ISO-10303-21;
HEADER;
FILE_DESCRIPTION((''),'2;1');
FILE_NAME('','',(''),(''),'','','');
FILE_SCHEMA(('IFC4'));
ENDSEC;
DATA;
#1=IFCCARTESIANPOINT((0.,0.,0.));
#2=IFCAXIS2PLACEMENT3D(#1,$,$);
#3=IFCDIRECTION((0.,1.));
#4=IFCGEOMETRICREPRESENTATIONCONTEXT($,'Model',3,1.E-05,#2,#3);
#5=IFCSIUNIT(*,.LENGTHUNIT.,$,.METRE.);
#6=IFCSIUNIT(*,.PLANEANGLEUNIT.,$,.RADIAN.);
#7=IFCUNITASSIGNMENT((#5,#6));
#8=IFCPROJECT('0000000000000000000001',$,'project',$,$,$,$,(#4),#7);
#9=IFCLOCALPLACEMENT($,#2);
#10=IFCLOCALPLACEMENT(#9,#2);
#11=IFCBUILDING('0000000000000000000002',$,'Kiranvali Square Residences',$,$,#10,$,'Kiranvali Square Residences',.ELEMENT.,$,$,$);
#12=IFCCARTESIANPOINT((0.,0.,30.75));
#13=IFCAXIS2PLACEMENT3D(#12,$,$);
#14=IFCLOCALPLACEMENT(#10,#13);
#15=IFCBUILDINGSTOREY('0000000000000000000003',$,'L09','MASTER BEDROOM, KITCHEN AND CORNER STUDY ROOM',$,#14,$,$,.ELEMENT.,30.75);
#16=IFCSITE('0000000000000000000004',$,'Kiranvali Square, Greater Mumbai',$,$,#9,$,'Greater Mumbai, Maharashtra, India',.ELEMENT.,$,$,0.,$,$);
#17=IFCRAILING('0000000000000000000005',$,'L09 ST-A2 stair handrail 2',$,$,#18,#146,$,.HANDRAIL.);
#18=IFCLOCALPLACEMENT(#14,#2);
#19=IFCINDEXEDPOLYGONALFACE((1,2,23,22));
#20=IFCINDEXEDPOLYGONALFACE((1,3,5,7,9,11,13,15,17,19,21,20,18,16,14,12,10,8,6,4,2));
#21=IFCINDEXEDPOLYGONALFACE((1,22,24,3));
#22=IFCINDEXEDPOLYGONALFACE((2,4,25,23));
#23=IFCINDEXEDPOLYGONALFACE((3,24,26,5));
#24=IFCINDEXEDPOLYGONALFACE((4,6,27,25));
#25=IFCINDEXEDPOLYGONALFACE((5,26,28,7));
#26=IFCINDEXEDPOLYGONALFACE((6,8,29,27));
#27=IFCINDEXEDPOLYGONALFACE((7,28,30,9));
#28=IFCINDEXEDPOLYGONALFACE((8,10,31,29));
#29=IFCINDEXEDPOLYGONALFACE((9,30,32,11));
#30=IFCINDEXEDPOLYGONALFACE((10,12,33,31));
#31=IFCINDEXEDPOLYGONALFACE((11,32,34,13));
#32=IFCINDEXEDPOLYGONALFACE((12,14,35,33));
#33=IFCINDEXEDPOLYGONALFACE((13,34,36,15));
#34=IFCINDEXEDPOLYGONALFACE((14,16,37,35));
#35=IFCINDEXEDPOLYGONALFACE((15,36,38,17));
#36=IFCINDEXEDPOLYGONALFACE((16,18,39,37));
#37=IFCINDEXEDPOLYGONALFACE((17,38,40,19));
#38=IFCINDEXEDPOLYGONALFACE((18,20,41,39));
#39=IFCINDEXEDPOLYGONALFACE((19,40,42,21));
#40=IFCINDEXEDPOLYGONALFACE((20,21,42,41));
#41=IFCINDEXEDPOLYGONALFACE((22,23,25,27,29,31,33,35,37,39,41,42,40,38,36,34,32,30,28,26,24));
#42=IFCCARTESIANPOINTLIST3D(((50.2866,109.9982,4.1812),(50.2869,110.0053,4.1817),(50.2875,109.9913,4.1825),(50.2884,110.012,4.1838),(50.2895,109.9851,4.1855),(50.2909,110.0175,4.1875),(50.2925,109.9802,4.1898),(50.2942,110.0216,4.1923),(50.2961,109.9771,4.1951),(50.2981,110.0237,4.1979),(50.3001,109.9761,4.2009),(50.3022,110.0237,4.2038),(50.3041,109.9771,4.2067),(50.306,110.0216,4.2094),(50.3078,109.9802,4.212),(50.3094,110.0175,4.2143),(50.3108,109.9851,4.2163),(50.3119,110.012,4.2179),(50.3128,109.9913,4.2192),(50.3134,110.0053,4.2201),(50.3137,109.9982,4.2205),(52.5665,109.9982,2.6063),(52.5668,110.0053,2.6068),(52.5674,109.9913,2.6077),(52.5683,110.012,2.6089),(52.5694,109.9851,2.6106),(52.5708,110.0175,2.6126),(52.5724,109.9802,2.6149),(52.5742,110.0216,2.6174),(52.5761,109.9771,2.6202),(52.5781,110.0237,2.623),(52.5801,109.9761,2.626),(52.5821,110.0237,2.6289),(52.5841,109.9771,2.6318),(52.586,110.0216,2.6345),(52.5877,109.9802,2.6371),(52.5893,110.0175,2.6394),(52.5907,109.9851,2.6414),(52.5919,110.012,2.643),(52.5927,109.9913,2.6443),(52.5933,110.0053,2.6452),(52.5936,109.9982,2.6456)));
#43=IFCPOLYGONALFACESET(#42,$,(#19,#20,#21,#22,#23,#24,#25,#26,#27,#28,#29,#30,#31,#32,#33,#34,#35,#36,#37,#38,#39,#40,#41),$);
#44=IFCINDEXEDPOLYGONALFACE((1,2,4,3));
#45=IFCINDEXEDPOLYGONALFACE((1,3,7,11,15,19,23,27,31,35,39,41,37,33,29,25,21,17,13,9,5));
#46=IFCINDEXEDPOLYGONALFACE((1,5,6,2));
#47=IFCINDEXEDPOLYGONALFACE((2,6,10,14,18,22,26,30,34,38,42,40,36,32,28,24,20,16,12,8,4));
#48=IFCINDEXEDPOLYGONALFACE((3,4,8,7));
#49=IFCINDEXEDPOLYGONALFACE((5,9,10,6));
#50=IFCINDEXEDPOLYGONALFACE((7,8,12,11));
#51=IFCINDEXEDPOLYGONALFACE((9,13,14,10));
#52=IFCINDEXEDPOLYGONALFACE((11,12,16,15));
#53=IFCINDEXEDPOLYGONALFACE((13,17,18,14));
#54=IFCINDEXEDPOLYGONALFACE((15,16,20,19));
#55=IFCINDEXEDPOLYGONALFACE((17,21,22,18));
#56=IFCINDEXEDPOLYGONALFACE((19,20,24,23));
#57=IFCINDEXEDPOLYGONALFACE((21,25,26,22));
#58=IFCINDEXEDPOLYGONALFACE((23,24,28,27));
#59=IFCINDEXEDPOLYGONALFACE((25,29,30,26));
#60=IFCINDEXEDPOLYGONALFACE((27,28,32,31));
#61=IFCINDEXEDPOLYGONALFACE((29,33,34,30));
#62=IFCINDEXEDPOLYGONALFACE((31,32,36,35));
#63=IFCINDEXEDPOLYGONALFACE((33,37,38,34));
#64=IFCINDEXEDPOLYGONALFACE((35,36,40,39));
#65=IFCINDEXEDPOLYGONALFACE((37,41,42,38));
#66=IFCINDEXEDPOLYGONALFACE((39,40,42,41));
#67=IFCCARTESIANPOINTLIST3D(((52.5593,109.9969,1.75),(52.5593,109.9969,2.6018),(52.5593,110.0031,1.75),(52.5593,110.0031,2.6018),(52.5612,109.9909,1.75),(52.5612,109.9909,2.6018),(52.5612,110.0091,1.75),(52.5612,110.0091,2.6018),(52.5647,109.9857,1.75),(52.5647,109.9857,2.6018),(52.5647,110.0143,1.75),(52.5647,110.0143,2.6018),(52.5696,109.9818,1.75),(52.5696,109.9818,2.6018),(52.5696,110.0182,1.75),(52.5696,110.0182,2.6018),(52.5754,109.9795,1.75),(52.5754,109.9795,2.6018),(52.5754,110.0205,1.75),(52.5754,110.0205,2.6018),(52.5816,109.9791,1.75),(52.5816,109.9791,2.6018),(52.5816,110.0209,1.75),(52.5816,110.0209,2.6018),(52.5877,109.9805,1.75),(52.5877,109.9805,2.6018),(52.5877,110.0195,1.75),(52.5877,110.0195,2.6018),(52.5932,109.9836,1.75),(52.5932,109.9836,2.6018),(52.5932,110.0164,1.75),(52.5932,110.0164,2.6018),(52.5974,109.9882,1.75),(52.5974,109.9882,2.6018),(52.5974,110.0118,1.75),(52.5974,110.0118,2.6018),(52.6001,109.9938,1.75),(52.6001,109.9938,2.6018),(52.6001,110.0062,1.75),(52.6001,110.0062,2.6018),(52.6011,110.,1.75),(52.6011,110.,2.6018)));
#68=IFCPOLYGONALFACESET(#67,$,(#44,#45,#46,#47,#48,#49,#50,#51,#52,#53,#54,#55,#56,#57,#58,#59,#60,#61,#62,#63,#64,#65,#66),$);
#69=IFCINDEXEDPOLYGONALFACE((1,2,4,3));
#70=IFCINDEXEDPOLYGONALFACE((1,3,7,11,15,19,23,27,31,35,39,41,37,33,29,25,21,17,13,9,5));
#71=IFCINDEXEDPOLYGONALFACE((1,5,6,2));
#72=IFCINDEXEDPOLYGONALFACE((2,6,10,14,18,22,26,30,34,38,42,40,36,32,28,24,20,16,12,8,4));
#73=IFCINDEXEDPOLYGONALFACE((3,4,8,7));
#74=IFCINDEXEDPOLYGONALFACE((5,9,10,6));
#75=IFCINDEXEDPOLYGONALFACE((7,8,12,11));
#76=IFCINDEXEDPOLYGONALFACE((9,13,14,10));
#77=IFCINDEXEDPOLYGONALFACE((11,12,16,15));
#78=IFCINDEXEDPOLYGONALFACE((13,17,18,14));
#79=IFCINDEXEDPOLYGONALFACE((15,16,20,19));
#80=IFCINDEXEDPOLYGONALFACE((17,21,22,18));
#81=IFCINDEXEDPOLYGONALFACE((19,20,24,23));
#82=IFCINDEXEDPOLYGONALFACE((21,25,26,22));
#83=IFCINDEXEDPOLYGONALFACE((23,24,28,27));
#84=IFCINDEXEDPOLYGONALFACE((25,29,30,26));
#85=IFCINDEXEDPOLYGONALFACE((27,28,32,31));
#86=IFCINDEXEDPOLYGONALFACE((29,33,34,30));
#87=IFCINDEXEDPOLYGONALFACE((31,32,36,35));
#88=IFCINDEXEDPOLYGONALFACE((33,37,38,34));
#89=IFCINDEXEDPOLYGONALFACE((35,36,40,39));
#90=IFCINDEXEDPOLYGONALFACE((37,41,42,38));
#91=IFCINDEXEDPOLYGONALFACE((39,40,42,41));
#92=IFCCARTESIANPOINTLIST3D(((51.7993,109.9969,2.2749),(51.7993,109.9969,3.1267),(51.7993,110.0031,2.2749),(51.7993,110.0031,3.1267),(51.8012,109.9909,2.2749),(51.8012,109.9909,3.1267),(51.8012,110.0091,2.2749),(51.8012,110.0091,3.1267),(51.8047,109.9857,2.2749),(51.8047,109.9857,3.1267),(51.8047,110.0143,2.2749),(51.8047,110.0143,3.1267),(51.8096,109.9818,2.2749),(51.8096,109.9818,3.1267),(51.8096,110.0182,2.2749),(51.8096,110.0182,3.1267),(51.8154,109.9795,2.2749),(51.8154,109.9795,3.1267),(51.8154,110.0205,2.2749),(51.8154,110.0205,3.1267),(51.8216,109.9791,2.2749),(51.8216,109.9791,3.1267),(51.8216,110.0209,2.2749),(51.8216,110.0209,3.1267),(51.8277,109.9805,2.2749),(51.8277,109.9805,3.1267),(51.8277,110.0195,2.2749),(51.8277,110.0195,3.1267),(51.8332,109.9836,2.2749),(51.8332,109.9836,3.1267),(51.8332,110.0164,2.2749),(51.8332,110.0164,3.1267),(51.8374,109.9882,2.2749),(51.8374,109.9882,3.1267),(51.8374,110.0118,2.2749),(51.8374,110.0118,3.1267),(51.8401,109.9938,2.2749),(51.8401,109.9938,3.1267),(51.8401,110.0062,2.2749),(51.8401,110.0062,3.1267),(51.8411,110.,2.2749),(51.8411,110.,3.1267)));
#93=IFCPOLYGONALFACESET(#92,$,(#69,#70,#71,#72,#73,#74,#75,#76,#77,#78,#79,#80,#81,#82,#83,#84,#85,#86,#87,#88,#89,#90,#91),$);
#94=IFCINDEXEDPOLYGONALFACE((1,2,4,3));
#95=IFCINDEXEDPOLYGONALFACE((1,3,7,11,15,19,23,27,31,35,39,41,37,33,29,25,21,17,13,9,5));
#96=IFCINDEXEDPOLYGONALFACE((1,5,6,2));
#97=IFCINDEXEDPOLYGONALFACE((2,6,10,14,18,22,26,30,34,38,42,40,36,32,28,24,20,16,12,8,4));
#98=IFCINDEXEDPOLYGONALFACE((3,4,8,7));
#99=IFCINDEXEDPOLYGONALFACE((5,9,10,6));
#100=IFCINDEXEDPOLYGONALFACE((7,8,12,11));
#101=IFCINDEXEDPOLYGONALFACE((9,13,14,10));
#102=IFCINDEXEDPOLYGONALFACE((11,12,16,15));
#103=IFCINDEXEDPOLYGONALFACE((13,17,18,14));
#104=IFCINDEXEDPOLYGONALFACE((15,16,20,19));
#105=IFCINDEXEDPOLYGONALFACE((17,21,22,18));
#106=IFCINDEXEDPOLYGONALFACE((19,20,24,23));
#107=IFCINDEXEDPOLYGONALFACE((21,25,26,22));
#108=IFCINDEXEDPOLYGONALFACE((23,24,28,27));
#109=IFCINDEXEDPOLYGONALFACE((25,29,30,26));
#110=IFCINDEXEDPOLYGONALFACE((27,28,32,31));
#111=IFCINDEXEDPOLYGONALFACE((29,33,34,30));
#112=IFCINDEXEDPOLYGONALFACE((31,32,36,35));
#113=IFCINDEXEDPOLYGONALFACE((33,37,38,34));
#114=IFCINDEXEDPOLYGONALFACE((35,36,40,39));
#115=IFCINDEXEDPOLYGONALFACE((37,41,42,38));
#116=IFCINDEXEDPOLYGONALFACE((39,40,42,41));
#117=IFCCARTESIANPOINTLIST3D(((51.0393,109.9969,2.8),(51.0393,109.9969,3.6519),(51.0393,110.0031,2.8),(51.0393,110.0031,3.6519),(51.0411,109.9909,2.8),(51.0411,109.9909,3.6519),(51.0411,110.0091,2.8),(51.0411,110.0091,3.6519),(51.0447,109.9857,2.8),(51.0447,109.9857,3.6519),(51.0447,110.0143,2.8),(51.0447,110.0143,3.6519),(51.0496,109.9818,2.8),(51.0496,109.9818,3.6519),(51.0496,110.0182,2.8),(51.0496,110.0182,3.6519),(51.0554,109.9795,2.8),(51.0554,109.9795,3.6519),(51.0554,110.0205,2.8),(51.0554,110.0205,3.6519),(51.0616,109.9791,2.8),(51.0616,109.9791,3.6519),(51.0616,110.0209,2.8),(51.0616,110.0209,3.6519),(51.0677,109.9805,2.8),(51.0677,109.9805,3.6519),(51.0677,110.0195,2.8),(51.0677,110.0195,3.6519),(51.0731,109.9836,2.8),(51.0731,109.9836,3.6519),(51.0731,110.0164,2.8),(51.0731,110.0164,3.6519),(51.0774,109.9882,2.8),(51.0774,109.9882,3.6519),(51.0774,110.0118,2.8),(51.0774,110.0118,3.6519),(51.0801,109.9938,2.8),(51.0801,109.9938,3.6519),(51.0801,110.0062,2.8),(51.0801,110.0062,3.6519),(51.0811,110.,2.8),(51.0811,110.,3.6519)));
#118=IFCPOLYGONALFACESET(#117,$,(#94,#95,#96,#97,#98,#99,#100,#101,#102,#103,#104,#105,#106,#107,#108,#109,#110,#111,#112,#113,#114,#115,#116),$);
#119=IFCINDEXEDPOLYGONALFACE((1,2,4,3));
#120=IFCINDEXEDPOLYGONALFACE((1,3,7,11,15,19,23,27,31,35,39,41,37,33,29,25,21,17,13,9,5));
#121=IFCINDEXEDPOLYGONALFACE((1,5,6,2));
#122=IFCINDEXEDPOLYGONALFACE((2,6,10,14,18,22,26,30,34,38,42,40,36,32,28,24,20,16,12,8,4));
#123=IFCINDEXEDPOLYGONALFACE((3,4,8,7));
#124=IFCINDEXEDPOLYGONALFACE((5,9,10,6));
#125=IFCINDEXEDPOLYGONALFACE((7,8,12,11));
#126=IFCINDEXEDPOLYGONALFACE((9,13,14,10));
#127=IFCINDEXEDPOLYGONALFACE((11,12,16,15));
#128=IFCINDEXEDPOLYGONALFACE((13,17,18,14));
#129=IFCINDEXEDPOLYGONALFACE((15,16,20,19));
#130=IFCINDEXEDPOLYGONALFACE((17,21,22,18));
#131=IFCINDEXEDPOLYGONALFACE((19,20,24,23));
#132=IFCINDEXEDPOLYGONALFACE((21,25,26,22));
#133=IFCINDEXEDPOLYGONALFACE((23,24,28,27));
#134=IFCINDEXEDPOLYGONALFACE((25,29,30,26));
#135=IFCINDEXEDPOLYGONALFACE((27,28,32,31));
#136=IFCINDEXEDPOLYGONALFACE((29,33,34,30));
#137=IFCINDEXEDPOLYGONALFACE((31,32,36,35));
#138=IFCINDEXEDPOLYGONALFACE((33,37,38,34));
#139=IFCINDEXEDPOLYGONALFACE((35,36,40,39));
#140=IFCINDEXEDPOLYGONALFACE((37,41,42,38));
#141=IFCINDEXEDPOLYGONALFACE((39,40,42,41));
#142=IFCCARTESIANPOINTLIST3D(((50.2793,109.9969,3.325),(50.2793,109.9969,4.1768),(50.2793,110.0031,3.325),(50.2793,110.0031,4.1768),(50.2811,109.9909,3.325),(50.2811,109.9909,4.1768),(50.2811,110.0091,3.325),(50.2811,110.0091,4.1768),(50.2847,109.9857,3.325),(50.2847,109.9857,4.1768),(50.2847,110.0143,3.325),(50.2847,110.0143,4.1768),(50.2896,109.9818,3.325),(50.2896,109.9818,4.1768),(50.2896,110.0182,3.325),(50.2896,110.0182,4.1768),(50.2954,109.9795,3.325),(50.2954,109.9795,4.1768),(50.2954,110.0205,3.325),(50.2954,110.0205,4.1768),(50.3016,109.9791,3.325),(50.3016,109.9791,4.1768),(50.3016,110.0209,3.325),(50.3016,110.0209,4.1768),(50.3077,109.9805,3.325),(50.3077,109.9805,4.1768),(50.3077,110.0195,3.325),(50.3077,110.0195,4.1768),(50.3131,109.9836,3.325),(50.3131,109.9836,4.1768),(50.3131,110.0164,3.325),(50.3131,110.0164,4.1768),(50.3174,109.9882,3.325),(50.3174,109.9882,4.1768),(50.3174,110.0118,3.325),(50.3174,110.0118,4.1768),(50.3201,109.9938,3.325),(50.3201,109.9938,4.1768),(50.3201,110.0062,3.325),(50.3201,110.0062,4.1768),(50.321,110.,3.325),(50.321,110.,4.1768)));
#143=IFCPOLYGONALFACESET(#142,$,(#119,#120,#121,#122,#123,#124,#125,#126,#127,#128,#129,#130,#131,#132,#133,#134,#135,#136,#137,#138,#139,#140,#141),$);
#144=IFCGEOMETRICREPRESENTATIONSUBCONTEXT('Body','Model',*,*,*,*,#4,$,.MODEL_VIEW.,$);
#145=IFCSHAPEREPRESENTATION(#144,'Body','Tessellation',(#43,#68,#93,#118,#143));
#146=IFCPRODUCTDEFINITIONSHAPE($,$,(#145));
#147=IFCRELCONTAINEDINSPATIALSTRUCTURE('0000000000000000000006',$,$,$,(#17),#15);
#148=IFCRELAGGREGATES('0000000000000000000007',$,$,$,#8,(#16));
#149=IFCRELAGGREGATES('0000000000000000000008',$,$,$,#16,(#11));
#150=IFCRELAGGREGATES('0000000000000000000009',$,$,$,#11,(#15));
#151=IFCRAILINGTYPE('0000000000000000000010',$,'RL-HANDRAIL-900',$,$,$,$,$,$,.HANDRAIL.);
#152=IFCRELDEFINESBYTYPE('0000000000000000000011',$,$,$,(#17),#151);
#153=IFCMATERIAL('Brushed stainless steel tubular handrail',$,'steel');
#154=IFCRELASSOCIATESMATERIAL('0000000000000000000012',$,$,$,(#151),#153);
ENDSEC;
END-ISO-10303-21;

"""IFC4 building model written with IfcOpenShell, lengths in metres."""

from ifc_helpers import new_model, si_unit, direction, frame, origin, origin_2d, place, context, subcontext, project, spatial, circle, extrude, material, type_object, element, save


model = new_model("IFC4")

# Units and contexts
model_context = context("Model", 3, precision=1e-05, world=origin(), true_north=direction((0.0, 1.0)))
body_context = subcontext(model_context, "Body", "Model", "MODEL_VIEW")
ifc_project = project(units=[si_unit("LENGTHUNIT", "METRE"), si_unit("PLANEANGLEUNIT", "RADIAN")], contexts=[model_context])

# Site, building, storey
site_placement = place(None, origin())
site = spatial("IfcSite", under=ifc_project, at=site_placement, Name="Kiranvali Square, Greater Mumbai", LongName="Greater Mumbai, Maharashtra, India", CompositionType="ELEMENT", RefElevation=0.0)
building_placement = place(site_placement, origin())
building = spatial("IfcBuilding", under=site, at=building_placement, Name="Kiranvali Square Residences", LongName="Kiranvali Square Residences", CompositionType="ELEMENT")
storey_placement = place(building_placement, frame((0.0, 0.0, 30.75)))
storey = spatial("IfcBuildingStorey", under=building, at=storey_placement, Name="L09", Description="MASTER BEDROOM, KITCHEN AND CORNER STUDY ROOM", CompositionType="ELEMENT", Elevation=30.75)

# Railing
ifc_material_1 = material(Name="Brushed stainless steel tubular handrail", Category="steel")
railing_type_1 = type_object("IfcRailingType", Name="RL-HANDRAIL-900", PredefinedType="HANDRAIL", material=ifc_material_1)
railing_1_placement = place(storey_placement, frame((52.5801, 110.0, 1.75)))
element("IfcRailing", 1, at=railing_1_placement, inside=storey, type_object=railing_type_1, Name="L09 ST-A2 stair handrail 2", PredefinedType="HANDRAIL", context=body_context, shape_type="SweptSolid", body=[
    extrude(circle(Radius=0.0239, at=origin_2d()), frame((0.0, 0.0, 0.876), z_axis=(-0.822788, 0.0, 0.568348), x_axis=(0.0, -1.0, 0.0)), (0.0, 0.0, 1.0), 2.771),
    extrude(circle(Radius=0.021, at=origin_2d()), origin(), (0.0, 0.0, 1.0), 0.8518),
    extrude(circle(Radius=0.021, at=origin_2d()), frame((-0.76, 0.0, 0.5249)), (0.0, 0.0, 1.0), 0.8518),
    extrude(circle(Radius=0.021, at=origin_2d()), frame((-1.52, 0.0, 1.05)), (0.0, 0.0, 1.0), 0.8518),
    extrude(circle(Radius=0.021, at=origin_2d()), frame((-2.28, 0.0, 1.575)), (0.0, 0.0, 1.0), 0.8518),
])

save(model, "model.ifc")
